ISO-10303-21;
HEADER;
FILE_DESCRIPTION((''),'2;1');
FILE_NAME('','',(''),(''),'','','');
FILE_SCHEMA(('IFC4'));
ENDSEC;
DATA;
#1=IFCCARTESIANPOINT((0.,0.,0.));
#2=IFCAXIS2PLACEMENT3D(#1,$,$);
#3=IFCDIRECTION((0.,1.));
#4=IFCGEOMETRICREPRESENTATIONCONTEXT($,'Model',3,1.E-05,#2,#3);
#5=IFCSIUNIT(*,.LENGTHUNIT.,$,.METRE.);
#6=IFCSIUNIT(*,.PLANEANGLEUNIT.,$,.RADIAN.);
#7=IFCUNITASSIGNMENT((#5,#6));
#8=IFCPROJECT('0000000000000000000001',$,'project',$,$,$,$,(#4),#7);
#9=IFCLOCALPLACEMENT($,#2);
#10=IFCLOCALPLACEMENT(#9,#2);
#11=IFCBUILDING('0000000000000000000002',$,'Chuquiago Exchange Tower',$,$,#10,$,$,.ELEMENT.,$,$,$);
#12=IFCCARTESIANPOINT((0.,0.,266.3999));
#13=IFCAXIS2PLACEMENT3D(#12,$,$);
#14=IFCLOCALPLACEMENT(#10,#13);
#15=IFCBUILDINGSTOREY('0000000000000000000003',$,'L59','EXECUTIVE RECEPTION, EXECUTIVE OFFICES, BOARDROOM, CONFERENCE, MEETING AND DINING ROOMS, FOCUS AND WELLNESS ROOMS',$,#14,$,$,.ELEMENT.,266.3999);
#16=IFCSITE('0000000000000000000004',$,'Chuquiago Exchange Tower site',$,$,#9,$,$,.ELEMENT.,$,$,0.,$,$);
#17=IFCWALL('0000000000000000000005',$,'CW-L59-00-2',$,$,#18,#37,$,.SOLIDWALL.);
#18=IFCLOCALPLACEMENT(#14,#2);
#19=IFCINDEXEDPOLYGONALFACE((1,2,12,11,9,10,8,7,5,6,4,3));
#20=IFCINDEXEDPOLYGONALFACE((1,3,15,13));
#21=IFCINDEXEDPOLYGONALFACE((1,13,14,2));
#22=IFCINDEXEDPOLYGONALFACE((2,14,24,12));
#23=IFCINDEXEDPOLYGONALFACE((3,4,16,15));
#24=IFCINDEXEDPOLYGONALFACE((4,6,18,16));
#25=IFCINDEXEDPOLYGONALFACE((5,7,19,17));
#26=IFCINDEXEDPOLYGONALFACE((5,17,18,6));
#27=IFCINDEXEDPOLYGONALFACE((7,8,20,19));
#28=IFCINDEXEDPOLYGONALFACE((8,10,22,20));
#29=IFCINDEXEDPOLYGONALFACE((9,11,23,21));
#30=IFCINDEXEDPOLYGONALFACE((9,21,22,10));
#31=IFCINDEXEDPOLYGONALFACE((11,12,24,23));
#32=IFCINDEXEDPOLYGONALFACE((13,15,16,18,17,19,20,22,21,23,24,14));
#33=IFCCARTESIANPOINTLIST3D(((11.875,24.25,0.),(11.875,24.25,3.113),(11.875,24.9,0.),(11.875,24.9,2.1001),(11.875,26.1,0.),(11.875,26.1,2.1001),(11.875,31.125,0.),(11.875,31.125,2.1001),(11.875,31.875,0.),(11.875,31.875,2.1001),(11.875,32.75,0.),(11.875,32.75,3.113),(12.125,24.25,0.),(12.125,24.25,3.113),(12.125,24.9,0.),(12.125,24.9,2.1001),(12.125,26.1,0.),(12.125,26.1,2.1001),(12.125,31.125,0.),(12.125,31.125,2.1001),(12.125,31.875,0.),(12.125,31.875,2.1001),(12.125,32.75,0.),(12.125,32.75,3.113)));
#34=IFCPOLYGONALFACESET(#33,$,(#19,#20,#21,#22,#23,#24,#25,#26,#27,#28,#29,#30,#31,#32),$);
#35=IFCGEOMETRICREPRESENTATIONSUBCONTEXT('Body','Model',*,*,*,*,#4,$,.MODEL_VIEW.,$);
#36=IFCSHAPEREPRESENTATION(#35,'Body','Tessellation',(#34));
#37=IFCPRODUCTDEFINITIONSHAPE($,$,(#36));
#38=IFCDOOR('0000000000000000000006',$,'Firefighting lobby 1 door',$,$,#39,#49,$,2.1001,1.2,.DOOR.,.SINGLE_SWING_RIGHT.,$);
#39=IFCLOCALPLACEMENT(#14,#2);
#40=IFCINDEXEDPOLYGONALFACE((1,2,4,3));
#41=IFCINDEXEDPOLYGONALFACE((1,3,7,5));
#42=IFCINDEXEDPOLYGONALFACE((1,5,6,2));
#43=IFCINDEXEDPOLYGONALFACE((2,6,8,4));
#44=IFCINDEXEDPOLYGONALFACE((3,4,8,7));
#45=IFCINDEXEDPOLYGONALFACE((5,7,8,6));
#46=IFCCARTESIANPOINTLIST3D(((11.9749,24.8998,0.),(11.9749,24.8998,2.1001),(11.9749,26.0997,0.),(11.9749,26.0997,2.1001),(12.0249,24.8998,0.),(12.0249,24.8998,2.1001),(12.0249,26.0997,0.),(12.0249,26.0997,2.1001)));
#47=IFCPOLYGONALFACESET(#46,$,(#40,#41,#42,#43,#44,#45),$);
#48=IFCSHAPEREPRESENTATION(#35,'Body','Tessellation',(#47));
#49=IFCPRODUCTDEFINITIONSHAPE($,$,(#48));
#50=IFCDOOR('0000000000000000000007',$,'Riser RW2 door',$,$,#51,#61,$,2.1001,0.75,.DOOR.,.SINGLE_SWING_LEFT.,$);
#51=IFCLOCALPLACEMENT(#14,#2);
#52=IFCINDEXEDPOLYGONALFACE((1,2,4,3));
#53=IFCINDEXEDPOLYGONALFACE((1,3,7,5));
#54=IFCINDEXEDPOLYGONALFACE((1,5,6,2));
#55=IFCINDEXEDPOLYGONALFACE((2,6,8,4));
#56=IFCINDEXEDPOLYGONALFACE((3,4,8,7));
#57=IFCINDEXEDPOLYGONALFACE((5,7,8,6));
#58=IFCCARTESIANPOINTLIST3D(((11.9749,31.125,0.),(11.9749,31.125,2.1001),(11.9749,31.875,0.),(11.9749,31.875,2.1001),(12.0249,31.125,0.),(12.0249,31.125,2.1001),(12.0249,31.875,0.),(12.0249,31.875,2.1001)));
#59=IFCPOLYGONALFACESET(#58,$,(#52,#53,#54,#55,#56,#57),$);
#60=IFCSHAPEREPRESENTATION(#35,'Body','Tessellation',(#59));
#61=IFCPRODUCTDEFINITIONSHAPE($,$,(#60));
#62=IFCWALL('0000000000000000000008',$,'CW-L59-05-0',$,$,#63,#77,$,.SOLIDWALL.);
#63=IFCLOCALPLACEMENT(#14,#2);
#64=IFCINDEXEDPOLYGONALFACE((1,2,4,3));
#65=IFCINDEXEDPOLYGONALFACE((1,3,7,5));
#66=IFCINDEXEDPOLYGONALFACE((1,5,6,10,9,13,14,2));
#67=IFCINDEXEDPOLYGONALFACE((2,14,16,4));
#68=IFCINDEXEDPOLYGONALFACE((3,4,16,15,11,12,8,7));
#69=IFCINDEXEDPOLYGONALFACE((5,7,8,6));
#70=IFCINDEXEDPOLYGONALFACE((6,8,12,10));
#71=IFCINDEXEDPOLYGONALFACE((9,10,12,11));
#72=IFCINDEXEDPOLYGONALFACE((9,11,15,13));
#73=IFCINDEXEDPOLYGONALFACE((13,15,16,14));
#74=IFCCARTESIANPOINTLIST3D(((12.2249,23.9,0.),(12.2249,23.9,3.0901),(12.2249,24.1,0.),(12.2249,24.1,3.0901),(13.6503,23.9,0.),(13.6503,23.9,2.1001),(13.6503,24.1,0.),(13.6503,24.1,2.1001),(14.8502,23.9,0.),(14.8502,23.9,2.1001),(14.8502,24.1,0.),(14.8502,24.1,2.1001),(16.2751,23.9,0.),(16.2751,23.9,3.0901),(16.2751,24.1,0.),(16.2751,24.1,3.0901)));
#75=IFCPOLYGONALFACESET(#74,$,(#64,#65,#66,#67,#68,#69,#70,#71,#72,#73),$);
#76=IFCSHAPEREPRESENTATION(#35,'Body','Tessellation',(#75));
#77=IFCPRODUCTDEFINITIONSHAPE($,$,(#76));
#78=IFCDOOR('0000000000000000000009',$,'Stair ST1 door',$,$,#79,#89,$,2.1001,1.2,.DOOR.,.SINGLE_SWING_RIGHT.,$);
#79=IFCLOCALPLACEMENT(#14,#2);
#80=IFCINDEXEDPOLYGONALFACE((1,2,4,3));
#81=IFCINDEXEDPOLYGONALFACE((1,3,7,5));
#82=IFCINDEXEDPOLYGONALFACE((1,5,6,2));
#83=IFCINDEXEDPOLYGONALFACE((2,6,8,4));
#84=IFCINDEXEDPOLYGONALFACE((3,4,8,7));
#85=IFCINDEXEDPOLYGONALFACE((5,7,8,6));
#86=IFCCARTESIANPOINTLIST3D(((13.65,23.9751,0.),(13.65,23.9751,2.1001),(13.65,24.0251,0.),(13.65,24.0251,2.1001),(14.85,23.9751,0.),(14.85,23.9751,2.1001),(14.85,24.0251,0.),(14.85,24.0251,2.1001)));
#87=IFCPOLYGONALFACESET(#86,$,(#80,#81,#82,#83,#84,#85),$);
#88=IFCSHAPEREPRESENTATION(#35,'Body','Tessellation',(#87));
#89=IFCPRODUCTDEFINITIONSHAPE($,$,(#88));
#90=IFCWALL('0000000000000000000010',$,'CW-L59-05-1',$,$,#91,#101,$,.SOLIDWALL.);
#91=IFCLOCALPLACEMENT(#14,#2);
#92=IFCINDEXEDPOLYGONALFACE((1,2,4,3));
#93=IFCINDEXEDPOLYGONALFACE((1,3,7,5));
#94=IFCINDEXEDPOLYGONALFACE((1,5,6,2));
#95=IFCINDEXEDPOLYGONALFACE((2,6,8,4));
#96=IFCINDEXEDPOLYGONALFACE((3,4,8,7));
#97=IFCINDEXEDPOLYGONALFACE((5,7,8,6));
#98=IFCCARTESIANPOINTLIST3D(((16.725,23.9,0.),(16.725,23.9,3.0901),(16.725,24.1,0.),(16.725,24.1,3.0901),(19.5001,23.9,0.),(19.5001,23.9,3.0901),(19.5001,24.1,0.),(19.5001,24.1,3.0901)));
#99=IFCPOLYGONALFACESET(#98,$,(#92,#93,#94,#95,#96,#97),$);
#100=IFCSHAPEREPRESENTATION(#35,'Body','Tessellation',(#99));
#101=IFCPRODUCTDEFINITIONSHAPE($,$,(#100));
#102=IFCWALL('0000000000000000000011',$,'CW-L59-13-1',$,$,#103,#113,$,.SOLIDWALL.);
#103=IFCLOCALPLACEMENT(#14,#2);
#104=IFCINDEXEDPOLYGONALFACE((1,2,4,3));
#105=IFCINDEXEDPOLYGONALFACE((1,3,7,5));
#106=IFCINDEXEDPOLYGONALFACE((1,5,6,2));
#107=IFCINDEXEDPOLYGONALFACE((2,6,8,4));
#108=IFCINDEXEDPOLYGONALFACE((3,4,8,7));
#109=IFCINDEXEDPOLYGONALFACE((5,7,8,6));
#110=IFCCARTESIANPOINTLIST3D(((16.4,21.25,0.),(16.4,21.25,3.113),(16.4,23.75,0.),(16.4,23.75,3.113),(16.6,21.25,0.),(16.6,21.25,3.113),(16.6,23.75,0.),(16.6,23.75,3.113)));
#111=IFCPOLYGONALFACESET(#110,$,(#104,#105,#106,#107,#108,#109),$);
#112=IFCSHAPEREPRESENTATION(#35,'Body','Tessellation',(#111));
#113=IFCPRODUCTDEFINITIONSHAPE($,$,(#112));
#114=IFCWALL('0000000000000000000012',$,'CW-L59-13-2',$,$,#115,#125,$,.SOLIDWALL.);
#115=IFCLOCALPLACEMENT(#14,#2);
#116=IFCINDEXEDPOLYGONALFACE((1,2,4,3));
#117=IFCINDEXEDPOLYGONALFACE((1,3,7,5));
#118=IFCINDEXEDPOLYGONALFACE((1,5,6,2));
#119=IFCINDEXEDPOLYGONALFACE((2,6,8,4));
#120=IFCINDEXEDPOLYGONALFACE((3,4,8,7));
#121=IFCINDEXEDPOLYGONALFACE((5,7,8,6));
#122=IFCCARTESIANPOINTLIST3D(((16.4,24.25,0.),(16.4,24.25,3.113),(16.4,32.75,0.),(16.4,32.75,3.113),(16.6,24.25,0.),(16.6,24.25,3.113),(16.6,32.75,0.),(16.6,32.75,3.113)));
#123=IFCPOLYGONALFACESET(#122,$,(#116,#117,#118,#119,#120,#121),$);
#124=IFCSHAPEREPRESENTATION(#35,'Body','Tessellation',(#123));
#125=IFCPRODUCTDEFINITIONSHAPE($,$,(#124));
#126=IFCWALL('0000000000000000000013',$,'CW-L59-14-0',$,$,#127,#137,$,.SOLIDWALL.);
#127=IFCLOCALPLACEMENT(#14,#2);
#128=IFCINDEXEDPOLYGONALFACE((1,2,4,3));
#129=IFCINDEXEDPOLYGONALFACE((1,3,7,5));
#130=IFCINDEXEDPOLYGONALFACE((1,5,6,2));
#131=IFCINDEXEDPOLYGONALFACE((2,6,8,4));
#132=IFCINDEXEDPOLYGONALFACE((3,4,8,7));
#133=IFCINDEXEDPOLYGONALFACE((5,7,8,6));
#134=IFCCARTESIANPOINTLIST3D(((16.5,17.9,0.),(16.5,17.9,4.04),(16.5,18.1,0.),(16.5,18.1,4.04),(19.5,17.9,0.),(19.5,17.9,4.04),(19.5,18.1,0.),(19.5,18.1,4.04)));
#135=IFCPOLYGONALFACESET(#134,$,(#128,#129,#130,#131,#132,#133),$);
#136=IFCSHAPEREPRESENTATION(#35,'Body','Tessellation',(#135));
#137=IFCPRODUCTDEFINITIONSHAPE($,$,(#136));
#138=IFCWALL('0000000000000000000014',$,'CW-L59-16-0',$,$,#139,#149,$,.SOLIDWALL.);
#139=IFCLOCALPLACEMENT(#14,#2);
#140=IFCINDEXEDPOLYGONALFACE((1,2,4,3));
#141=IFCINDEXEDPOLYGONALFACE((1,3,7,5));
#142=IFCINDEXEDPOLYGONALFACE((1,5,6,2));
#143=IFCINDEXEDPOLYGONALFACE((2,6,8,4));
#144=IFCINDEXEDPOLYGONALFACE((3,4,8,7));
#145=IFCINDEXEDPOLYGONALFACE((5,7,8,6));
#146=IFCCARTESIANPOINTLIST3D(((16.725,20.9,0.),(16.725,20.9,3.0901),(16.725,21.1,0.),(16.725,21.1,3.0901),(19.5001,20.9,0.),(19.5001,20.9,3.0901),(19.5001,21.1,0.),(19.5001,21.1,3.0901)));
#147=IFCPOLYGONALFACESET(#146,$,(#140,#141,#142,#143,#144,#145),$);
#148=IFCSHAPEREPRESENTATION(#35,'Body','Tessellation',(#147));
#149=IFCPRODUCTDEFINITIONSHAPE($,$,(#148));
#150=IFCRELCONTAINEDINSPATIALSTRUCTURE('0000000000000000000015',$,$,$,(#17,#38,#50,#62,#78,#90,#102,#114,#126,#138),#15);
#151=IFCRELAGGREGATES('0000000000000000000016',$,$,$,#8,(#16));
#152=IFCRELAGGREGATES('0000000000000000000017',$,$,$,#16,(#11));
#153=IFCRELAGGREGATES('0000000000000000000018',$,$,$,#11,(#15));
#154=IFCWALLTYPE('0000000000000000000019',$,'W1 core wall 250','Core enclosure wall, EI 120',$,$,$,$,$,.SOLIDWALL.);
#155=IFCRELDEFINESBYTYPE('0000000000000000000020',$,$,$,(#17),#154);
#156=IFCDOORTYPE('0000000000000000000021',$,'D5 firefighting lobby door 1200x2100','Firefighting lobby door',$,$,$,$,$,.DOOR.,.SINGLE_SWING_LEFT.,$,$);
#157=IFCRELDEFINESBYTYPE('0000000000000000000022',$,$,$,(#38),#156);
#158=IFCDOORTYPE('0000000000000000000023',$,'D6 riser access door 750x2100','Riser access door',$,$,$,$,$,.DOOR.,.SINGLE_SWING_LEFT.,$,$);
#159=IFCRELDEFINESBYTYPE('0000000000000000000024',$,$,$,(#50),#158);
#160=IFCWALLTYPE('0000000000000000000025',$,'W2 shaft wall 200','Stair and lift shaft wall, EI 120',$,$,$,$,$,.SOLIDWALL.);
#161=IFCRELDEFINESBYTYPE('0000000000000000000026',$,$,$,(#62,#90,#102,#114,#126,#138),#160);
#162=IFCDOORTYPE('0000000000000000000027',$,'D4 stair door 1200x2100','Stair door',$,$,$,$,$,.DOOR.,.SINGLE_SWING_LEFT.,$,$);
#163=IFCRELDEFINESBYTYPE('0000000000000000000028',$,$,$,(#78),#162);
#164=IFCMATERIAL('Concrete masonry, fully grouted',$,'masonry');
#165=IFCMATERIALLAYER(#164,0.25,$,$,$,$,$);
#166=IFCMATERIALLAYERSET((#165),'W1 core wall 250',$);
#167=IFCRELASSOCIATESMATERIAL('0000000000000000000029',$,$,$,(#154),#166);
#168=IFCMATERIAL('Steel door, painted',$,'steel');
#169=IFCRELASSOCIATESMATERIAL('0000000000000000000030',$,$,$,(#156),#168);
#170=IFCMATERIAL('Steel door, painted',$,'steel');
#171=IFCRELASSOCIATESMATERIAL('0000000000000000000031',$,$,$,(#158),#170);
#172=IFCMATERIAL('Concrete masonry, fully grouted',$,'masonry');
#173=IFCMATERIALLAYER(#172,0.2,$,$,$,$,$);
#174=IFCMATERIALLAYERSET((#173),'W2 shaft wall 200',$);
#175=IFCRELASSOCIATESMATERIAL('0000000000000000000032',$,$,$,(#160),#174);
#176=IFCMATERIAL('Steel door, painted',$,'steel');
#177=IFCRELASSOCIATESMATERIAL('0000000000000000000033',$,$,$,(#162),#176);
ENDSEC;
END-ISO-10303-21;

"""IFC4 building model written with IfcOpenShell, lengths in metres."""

from ifc_helpers import new_model, si_unit, direction, frame, frame_2d, origin, place, context, subcontext, project, spatial, rectangle, extrude, material, layer, layer_set, type_object, element, fill, save


model = new_model("IFC4")

# Units and contexts
model_context = context("Model", 3, precision=1e-05, world=origin(), true_north=direction((0.0, 1.0)))
body_context = subcontext(model_context, "Body", "Model", "MODEL_VIEW")
ifc_project = project(units=[si_unit("LENGTHUNIT", "METRE"), si_unit("PLANEANGLEUNIT", "RADIAN")], contexts=[model_context])

# Site, building, storey
site_placement = place(None, origin())
site = spatial("IfcSite", under=ifc_project, at=site_placement, Name="Chuquiago Exchange Tower site", CompositionType="ELEMENT", RefElevation=0.0)
building_placement = place(site_placement, origin())
building = spatial("IfcBuilding", under=site, at=building_placement, Name="Chuquiago Exchange Tower", CompositionType="ELEMENT")
storey_placement = place(building_placement, frame((0.0, 0.0, 266.3999)))
storey = spatial("IfcBuildingStorey", under=building, at=storey_placement, Name="L59", Description="EXECUTIVE RECEPTION, EXECUTIVE OFFICES, BOARDROOM, CONFERENCE, MEETING AND DINING ROOMS, FOCUS AND WELLNESS ROOMS", CompositionType="ELEMENT", Elevation=266.3999)

# Shared definitions
ifc_material_1 = material(Name="Concrete masonry, fully grouted", Category="masonry")
ifc_layer_1 = layer(ifc_material_1, 0.25)
ifc_layer_set_1 = layer_set([ifc_layer_1], Name="W1 core wall 250")
wall_type_1 = type_object("IfcWallType", Name="W1 core wall 250", Description="Core enclosure wall, EI 120", PredefinedType="SOLIDWALL", material=ifc_layer_set_1)

# Wall, openings, doors
wall_1_placement = place(storey_placement, frame((12.0, 24.25, 0.0), z_axis=(0.0, 0.0, 1.0), x_axis=(0.0, 1.0, 0.0)))
wall_1 = element("IfcWall", 1, at=wall_1_placement, inside=storey, type_object=wall_type_1, Name="CW-L59-00-2", PredefinedType="SOLIDWALL", context=body_context, shape_type="SweptSolid", body=[
    extrude(rectangle(XDim=8.5, YDim=0.25, at=frame_2d((4.25, 0.0))), origin(), (0.0, 0.0, 1.0), 3.113),
])
opening_1_placement = place(wall_1_placement, frame((0.6499, 0.0, 0.0)))
opening_1 = element("IfcOpeningElement", 2, at=opening_1_placement, cuts=wall_1, PredefinedType="OPENING", context=body_context, shape_type="SweptSolid", body=[
    extrude(rectangle(XDim=1.2, YDim=2.1001, at=frame_2d((0.6001, 1.05))), frame((0.0, 0.135, 0.0), z_axis=(0.0, -1.0, 0.0), x_axis=(1.0, 0.0, 0.0)), (0.0, 0.0, 1.0), 0.27),
])
opening_2_placement = place(wall_1_placement, frame((6.875, 0.0, 0.0)))
opening_2 = element("IfcOpeningElement", 3, at=opening_2_placement, cuts=wall_1, PredefinedType="OPENING", context=body_context, shape_type="SweptSolid", body=[
    extrude(rectangle(XDim=0.75, YDim=2.1001, at=frame_2d((0.375, 1.05))), frame((0.0, 0.135, 0.0), z_axis=(0.0, -1.0, 0.0), x_axis=(1.0, 0.0, 0.0)), (0.0, 0.0, 1.0), 0.27),
])
ifc_material_2 = material(Name="Steel door, painted", Category="steel")
door_type_1 = type_object("IfcDoorType", Name="D5 firefighting lobby door 1200x2100", Description="Firefighting lobby door", OperationType="SINGLE_SWING_LEFT", PredefinedType="DOOR", material=ifc_material_2)
door_1_placement = place(opening_1_placement, frame((1.2, 0.0, 0.0), z_axis=(0.0, 0.0, 1.0), x_axis=(-1.0, 0.0, 0.0)))
door_1 = element("IfcDoor", 4, at=door_1_placement, inside=storey, type_object=door_type_1, Name="Firefighting lobby 1 door", OperationType="SINGLE_SWING_RIGHT", OverallHeight=2.1001, OverallWidth=1.2, PredefinedType="DOOR", context=body_context, shape_type="SweptSolid", body=[
    extrude(rectangle(XDim=1.2, YDim=2.1001, at=frame_2d((0.6001, 1.05))), frame((0.0, 0.0249, 0.0), z_axis=(0.0, -1.0, 0.0), x_axis=(1.0, 0.0, 0.0)), (0.0, 0.0, 1.0), 0.05),
])
fill(opening_1, door_1)
ifc_material_3 = material(Name="Steel door, painted", Category="steel")
door_type_2 = type_object("IfcDoorType", Name="D6 riser access door 750x2100", Description="Riser access door", OperationType="SINGLE_SWING_LEFT", PredefinedType="DOOR", material=ifc_material_3)
door_2_placement = place(opening_2_placement, frame((0.75, 0.0, 0.0), z_axis=(0.0, 0.0, 1.0), x_axis=(-1.0, 0.0, 0.0)))
door_2 = element("IfcDoor", 5, at=door_2_placement, inside=storey, type_object=door_type_2, Name="Riser RW2 door", OperationType="SINGLE_SWING_LEFT", OverallHeight=2.1001, OverallWidth=0.75, PredefinedType="DOOR", context=body_context, shape_type="SweptSolid", body=[
    extrude(rectangle(XDim=0.75, YDim=2.1001, at=frame_2d((0.375, 1.05))), frame((0.0, 0.0249, 0.0), z_axis=(0.0, -1.0, 0.0), x_axis=(1.0, 0.0, 0.0)), (0.0, 0.0, 1.0), 0.05),
])
fill(opening_2, door_2)

# Wall, opening, door
ifc_material_4 = material(Name="Concrete masonry, fully grouted", Category="masonry")
ifc_layer_2 = layer(ifc_material_4, 0.2)
ifc_layer_set_2 = layer_set([ifc_layer_2], Name="W2 shaft wall 200")
wall_type_2 = type_object("IfcWallType", Name="W2 shaft wall 200", Description="Stair and lift shaft wall, EI 120", PredefinedType="SOLIDWALL", material=ifc_layer_set_2)
wall_2_placement = place(storey_placement, frame((12.2249, 24.0, 0.0), z_axis=(0.0, 0.0, 1.0), x_axis=(1.0, 0.0, 0.0)))
wall_2 = element("IfcWall", 6, at=wall_2_placement, inside=storey, type_object=wall_type_2, Name="CW-L59-05-0", PredefinedType="SOLIDWALL", context=body_context, shape_type="SweptSolid", body=[
    extrude(rectangle(XDim=4.0503, YDim=0.2, at=frame_2d((2.0251, 0.0))), origin(), (0.0, 0.0, 1.0), 3.0901),
])
opening_3_placement = place(wall_2_placement, frame((1.4253, 0.0, 0.0)))
opening_3 = element("IfcOpeningElement", 7, at=opening_3_placement, cuts=wall_2, PredefinedType="OPENING", context=body_context, shape_type="SweptSolid", body=[
    extrude(rectangle(XDim=1.2, YDim=2.1001, at=frame_2d((0.6001, 1.05))), frame((0.0, 0.1099, 0.0), z_axis=(0.0, -1.0, 0.0), x_axis=(1.0, 0.0, 0.0)), (0.0, 0.0, 1.0), 0.22),
])
ifc_material_5 = material(Name="Steel door, painted", Category="steel")
door_type_3 = type_object("IfcDoorType", Name="D4 stair door 1200x2100", Description="Stair door", OperationType="SINGLE_SWING_LEFT", PredefinedType="DOOR", material=ifc_material_5)
door_3_placement = place(opening_3_placement, frame((1.2, 0.0, 0.0), z_axis=(0.0, 0.0, 1.0), x_axis=(-1.0, 0.0, 0.0)))
door_3 = element("IfcDoor", 8, at=door_3_placement, inside=storey, type_object=door_type_3, Name="Stair ST1 door", OperationType="SINGLE_SWING_RIGHT", OverallHeight=2.1001, OverallWidth=1.2, PredefinedType="DOOR", context=body_context, shape_type="SweptSolid", body=[
    extrude(rectangle(XDim=1.2, YDim=2.1001, at=frame_2d((0.6001, 1.05))), frame((0.0, 0.0249, 0.0), z_axis=(0.0, -1.0, 0.0), x_axis=(1.0, 0.0, 0.0)), (0.0, 0.0, 1.0), 0.05),
])
fill(opening_3, door_3)

# Walls
wall_3_placement = place(storey_placement, frame((16.7249, 24.0, 0.0), z_axis=(0.0, 0.0, 1.0), x_axis=(1.0, 0.0, 0.0)))
element("IfcWall", 9, at=wall_3_placement, inside=storey, type_object=wall_type_2, Name="CW-L59-05-1", PredefinedType="SOLIDWALL", context=body_context, shape_type="SweptSolid", body=[
    extrude(rectangle(XDim=2.7751, YDim=0.2, at=frame_2d((1.3877, 0.0))), origin(), (0.0, 0.0, 1.0), 3.0901),
])
wall_4_placement = place(storey_placement, frame((16.5, 21.25, 0.0), z_axis=(0.0, 0.0, 1.0), x_axis=(0.0, 1.0, 0.0)))
element("IfcWall", 10, at=wall_4_placement, inside=storey, type_object=wall_type_2, Name="CW-L59-13-1", PredefinedType="SOLIDWALL", context=body_context, shape_type="SweptSolid", body=[
    extrude(rectangle(XDim=2.5, YDim=0.2, at=frame_2d((1.25, 0.0))), origin(), (0.0, 0.0, 1.0), 3.113),
])
wall_5_placement = place(storey_placement, frame((16.5, 24.25, 0.0), z_axis=(0.0, 0.0, 1.0), x_axis=(0.0, 1.0, 0.0)))
element("IfcWall", 11, at=wall_5_placement, inside=storey, type_object=wall_type_2, Name="CW-L59-13-2", PredefinedType="SOLIDWALL", context=body_context, shape_type="SweptSolid", body=[
    extrude(rectangle(XDim=8.5, YDim=0.2, at=frame_2d((4.25, 0.0))), origin(), (0.0, 0.0, 1.0), 3.113),
])
wall_6_placement = place(storey_placement, frame((16.5, 18.0, 0.0), z_axis=(0.0, 0.0, 1.0), x_axis=(1.0, 0.0, 0.0)))
element("IfcWall", 12, at=wall_6_placement, inside=storey, type_object=wall_type_2, Name="CW-L59-14-0", PredefinedType="SOLIDWALL", context=body_context, shape_type="SweptSolid", body=[
    extrude(rectangle(XDim=3.0, YDim=0.2, at=frame_2d((1.5, 0.0))), origin(), (0.0, 0.0, 1.0), 4.04),
])
wall_7_placement = place(storey_placement, frame((16.7249, 21.0, 0.0), z_axis=(0.0, 0.0, 1.0), x_axis=(1.0, 0.0, 0.0)))
element("IfcWall", 13, at=wall_7_placement, inside=storey, type_object=wall_type_2, Name="CW-L59-16-0", PredefinedType="SOLIDWALL", context=body_context, shape_type="SweptSolid", body=[
    extrude(rectangle(XDim=2.7751, YDim=0.2, at=frame_2d((1.3877, 0.0))), origin(), (0.0, 0.0, 1.0), 3.0901),
])

save(model, "model.ifc")
